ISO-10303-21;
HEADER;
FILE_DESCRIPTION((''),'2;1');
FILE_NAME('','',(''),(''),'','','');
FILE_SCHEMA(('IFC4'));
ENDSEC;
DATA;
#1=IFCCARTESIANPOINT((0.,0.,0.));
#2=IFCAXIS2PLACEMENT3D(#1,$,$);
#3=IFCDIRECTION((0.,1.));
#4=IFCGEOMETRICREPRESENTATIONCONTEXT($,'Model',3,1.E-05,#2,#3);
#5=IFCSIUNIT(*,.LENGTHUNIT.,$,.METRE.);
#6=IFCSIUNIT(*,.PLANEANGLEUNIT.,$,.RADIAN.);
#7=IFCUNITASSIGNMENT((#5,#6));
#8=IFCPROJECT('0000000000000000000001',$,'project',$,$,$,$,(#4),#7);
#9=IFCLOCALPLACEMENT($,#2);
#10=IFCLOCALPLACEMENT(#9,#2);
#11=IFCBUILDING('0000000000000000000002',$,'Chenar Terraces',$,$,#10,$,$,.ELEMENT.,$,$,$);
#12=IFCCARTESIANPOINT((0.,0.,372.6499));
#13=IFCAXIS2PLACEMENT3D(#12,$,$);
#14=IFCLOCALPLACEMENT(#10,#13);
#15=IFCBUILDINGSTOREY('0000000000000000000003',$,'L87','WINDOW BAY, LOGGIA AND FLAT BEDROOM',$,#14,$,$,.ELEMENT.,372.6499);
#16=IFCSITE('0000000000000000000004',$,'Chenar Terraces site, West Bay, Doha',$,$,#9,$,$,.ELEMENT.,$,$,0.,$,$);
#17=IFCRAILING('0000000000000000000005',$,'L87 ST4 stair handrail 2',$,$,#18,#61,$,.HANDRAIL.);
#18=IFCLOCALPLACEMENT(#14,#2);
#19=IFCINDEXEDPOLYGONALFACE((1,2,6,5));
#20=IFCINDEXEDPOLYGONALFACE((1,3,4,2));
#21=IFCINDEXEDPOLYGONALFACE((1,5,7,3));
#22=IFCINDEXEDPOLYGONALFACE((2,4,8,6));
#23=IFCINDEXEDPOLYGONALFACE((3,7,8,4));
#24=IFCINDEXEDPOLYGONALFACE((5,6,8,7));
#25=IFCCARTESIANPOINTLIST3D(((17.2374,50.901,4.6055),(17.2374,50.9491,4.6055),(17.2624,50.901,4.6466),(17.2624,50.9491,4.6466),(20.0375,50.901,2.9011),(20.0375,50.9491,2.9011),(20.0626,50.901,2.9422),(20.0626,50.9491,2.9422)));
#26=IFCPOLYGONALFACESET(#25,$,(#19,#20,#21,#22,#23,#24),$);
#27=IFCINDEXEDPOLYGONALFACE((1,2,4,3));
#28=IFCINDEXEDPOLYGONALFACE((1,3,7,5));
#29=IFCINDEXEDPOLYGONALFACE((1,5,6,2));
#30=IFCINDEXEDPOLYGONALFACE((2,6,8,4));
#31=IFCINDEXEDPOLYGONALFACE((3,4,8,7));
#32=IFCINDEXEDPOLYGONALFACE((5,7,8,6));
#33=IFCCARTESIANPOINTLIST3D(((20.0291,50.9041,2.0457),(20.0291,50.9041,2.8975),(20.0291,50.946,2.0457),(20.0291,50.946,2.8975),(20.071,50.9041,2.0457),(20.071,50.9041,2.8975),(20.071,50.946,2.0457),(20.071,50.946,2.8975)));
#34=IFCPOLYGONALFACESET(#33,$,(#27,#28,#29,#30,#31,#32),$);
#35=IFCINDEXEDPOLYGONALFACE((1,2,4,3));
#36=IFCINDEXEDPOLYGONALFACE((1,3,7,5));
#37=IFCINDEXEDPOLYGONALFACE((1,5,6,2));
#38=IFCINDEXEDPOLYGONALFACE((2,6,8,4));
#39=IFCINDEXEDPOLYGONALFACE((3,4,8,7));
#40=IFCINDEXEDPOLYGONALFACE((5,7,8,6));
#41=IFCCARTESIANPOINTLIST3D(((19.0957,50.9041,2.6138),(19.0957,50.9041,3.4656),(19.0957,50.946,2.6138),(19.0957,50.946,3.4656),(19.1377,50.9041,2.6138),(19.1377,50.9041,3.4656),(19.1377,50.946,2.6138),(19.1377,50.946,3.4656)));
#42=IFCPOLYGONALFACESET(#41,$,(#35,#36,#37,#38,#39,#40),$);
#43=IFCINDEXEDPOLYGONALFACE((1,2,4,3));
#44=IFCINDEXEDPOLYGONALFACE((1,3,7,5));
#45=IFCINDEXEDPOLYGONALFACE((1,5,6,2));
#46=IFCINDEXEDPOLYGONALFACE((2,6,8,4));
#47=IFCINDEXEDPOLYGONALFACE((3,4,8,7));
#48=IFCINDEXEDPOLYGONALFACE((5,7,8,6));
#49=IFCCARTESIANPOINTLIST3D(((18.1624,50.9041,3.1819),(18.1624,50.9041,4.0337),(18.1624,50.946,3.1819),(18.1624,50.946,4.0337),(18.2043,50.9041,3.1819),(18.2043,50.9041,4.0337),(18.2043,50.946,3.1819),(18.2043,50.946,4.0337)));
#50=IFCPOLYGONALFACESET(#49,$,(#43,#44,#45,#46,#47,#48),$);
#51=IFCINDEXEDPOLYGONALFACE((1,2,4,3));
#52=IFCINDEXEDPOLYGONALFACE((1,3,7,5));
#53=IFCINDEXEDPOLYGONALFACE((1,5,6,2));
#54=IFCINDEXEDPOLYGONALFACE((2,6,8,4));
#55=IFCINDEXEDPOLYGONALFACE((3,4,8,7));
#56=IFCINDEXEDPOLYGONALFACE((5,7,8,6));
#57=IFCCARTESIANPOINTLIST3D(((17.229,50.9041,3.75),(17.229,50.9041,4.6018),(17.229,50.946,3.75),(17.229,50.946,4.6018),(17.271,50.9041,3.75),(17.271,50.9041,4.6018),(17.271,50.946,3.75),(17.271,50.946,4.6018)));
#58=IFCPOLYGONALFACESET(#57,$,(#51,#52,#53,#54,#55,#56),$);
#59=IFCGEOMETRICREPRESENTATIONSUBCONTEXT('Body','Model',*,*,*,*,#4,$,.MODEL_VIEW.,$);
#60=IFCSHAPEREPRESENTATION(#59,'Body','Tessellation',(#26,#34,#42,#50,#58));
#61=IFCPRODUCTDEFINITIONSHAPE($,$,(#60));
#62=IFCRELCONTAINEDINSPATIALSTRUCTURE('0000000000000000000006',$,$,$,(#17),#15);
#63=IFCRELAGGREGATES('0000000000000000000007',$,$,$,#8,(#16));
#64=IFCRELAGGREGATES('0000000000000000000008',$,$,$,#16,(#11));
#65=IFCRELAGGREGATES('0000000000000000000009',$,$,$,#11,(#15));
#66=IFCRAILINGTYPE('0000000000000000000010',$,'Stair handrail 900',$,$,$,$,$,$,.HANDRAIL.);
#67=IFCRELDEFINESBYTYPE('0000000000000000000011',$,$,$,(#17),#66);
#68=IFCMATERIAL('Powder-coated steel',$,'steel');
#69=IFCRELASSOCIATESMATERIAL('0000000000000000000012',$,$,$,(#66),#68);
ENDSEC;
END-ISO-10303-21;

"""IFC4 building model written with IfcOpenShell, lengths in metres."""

from ifc_helpers import new_model, si_unit, direction, frame, origin, origin_2d, place, context, subcontext, project, spatial, rectangle, extrude, material, type_object, element, save


model = new_model("IFC4")

# Units and contexts
model_context = context("Model", 3, precision=1e-05, world=origin(), true_north=direction((0.0, 1.0)))
body_context = subcontext(model_context, "Body", "Model", "MODEL_VIEW")
ifc_project = project(units=[si_unit("LENGTHUNIT", "METRE"), si_unit("PLANEANGLEUNIT", "RADIAN")], contexts=[model_context])

# Site, building, storey
site_placement = place(None, origin())
site = spatial("IfcSite", under=ifc_project, at=site_placement, Name="Chenar Terraces site, West Bay, Doha", CompositionType="ELEMENT", RefElevation=0.0)
building_placement = place(site_placement, origin())
building = spatial("IfcBuilding", under=site, at=building_placement, Name="Chenar Terraces", CompositionType="ELEMENT")
storey_placement = place(building_placement, frame((0.0, 0.0, 372.6499)))
storey = spatial("IfcBuildingStorey", under=building, at=storey_placement, Name="L87", Description="WINDOW BAY, LOGGIA AND FLAT BEDROOM", CompositionType="ELEMENT", Elevation=372.6499)

# Railing
ifc_material_1 = material(Name="Powder-coated steel", Category="steel")
railing_type_1 = type_object("IfcRailingType", Name="Stair handrail 900", PredefinedType="HANDRAIL", material=ifc_material_1)
railing_1_placement = place(storey_placement, frame((20.05, 50.925, 2.0457)))
element("IfcRailing", 1, at=railing_1_placement, inside=storey, type_object=railing_type_1, Name="L87 ST4 stair handrail 2", PredefinedType="HANDRAIL", context=body_context, shape_type="SweptSolid", body=[
    extrude(rectangle(XDim=0.0481, YDim=0.0481, at=origin_2d()), frame((0.0, 0.0, 0.876), z_axis=(-0.854203, 0.0, 0.51994), x_axis=(0.0, -1.0, 0.0)), (0.0, 0.0, 1.0), 3.2781),
    extrude(rectangle(XDim=0.042, YDim=0.042, at=origin_2d()), origin(), (0.0, 0.0, 1.0), 0.8518),
    extrude(rectangle(XDim=0.042, YDim=0.042, at=origin_2d()), frame((-0.9333, 0.0, 0.5681)), (0.0, 0.0, 1.0), 0.8518),
    extrude(rectangle(XDim=0.042, YDim=0.042, at=origin_2d()), frame((-1.8667, 0.0, 1.1362)), (0.0, 0.0, 1.0), 0.8518),
    extrude(rectangle(XDim=0.042, YDim=0.042, at=origin_2d()), frame((-2.8, 0.0, 1.7043)), (0.0, 0.0, 1.0), 0.8518),
])

save(model, "model.ifc")
